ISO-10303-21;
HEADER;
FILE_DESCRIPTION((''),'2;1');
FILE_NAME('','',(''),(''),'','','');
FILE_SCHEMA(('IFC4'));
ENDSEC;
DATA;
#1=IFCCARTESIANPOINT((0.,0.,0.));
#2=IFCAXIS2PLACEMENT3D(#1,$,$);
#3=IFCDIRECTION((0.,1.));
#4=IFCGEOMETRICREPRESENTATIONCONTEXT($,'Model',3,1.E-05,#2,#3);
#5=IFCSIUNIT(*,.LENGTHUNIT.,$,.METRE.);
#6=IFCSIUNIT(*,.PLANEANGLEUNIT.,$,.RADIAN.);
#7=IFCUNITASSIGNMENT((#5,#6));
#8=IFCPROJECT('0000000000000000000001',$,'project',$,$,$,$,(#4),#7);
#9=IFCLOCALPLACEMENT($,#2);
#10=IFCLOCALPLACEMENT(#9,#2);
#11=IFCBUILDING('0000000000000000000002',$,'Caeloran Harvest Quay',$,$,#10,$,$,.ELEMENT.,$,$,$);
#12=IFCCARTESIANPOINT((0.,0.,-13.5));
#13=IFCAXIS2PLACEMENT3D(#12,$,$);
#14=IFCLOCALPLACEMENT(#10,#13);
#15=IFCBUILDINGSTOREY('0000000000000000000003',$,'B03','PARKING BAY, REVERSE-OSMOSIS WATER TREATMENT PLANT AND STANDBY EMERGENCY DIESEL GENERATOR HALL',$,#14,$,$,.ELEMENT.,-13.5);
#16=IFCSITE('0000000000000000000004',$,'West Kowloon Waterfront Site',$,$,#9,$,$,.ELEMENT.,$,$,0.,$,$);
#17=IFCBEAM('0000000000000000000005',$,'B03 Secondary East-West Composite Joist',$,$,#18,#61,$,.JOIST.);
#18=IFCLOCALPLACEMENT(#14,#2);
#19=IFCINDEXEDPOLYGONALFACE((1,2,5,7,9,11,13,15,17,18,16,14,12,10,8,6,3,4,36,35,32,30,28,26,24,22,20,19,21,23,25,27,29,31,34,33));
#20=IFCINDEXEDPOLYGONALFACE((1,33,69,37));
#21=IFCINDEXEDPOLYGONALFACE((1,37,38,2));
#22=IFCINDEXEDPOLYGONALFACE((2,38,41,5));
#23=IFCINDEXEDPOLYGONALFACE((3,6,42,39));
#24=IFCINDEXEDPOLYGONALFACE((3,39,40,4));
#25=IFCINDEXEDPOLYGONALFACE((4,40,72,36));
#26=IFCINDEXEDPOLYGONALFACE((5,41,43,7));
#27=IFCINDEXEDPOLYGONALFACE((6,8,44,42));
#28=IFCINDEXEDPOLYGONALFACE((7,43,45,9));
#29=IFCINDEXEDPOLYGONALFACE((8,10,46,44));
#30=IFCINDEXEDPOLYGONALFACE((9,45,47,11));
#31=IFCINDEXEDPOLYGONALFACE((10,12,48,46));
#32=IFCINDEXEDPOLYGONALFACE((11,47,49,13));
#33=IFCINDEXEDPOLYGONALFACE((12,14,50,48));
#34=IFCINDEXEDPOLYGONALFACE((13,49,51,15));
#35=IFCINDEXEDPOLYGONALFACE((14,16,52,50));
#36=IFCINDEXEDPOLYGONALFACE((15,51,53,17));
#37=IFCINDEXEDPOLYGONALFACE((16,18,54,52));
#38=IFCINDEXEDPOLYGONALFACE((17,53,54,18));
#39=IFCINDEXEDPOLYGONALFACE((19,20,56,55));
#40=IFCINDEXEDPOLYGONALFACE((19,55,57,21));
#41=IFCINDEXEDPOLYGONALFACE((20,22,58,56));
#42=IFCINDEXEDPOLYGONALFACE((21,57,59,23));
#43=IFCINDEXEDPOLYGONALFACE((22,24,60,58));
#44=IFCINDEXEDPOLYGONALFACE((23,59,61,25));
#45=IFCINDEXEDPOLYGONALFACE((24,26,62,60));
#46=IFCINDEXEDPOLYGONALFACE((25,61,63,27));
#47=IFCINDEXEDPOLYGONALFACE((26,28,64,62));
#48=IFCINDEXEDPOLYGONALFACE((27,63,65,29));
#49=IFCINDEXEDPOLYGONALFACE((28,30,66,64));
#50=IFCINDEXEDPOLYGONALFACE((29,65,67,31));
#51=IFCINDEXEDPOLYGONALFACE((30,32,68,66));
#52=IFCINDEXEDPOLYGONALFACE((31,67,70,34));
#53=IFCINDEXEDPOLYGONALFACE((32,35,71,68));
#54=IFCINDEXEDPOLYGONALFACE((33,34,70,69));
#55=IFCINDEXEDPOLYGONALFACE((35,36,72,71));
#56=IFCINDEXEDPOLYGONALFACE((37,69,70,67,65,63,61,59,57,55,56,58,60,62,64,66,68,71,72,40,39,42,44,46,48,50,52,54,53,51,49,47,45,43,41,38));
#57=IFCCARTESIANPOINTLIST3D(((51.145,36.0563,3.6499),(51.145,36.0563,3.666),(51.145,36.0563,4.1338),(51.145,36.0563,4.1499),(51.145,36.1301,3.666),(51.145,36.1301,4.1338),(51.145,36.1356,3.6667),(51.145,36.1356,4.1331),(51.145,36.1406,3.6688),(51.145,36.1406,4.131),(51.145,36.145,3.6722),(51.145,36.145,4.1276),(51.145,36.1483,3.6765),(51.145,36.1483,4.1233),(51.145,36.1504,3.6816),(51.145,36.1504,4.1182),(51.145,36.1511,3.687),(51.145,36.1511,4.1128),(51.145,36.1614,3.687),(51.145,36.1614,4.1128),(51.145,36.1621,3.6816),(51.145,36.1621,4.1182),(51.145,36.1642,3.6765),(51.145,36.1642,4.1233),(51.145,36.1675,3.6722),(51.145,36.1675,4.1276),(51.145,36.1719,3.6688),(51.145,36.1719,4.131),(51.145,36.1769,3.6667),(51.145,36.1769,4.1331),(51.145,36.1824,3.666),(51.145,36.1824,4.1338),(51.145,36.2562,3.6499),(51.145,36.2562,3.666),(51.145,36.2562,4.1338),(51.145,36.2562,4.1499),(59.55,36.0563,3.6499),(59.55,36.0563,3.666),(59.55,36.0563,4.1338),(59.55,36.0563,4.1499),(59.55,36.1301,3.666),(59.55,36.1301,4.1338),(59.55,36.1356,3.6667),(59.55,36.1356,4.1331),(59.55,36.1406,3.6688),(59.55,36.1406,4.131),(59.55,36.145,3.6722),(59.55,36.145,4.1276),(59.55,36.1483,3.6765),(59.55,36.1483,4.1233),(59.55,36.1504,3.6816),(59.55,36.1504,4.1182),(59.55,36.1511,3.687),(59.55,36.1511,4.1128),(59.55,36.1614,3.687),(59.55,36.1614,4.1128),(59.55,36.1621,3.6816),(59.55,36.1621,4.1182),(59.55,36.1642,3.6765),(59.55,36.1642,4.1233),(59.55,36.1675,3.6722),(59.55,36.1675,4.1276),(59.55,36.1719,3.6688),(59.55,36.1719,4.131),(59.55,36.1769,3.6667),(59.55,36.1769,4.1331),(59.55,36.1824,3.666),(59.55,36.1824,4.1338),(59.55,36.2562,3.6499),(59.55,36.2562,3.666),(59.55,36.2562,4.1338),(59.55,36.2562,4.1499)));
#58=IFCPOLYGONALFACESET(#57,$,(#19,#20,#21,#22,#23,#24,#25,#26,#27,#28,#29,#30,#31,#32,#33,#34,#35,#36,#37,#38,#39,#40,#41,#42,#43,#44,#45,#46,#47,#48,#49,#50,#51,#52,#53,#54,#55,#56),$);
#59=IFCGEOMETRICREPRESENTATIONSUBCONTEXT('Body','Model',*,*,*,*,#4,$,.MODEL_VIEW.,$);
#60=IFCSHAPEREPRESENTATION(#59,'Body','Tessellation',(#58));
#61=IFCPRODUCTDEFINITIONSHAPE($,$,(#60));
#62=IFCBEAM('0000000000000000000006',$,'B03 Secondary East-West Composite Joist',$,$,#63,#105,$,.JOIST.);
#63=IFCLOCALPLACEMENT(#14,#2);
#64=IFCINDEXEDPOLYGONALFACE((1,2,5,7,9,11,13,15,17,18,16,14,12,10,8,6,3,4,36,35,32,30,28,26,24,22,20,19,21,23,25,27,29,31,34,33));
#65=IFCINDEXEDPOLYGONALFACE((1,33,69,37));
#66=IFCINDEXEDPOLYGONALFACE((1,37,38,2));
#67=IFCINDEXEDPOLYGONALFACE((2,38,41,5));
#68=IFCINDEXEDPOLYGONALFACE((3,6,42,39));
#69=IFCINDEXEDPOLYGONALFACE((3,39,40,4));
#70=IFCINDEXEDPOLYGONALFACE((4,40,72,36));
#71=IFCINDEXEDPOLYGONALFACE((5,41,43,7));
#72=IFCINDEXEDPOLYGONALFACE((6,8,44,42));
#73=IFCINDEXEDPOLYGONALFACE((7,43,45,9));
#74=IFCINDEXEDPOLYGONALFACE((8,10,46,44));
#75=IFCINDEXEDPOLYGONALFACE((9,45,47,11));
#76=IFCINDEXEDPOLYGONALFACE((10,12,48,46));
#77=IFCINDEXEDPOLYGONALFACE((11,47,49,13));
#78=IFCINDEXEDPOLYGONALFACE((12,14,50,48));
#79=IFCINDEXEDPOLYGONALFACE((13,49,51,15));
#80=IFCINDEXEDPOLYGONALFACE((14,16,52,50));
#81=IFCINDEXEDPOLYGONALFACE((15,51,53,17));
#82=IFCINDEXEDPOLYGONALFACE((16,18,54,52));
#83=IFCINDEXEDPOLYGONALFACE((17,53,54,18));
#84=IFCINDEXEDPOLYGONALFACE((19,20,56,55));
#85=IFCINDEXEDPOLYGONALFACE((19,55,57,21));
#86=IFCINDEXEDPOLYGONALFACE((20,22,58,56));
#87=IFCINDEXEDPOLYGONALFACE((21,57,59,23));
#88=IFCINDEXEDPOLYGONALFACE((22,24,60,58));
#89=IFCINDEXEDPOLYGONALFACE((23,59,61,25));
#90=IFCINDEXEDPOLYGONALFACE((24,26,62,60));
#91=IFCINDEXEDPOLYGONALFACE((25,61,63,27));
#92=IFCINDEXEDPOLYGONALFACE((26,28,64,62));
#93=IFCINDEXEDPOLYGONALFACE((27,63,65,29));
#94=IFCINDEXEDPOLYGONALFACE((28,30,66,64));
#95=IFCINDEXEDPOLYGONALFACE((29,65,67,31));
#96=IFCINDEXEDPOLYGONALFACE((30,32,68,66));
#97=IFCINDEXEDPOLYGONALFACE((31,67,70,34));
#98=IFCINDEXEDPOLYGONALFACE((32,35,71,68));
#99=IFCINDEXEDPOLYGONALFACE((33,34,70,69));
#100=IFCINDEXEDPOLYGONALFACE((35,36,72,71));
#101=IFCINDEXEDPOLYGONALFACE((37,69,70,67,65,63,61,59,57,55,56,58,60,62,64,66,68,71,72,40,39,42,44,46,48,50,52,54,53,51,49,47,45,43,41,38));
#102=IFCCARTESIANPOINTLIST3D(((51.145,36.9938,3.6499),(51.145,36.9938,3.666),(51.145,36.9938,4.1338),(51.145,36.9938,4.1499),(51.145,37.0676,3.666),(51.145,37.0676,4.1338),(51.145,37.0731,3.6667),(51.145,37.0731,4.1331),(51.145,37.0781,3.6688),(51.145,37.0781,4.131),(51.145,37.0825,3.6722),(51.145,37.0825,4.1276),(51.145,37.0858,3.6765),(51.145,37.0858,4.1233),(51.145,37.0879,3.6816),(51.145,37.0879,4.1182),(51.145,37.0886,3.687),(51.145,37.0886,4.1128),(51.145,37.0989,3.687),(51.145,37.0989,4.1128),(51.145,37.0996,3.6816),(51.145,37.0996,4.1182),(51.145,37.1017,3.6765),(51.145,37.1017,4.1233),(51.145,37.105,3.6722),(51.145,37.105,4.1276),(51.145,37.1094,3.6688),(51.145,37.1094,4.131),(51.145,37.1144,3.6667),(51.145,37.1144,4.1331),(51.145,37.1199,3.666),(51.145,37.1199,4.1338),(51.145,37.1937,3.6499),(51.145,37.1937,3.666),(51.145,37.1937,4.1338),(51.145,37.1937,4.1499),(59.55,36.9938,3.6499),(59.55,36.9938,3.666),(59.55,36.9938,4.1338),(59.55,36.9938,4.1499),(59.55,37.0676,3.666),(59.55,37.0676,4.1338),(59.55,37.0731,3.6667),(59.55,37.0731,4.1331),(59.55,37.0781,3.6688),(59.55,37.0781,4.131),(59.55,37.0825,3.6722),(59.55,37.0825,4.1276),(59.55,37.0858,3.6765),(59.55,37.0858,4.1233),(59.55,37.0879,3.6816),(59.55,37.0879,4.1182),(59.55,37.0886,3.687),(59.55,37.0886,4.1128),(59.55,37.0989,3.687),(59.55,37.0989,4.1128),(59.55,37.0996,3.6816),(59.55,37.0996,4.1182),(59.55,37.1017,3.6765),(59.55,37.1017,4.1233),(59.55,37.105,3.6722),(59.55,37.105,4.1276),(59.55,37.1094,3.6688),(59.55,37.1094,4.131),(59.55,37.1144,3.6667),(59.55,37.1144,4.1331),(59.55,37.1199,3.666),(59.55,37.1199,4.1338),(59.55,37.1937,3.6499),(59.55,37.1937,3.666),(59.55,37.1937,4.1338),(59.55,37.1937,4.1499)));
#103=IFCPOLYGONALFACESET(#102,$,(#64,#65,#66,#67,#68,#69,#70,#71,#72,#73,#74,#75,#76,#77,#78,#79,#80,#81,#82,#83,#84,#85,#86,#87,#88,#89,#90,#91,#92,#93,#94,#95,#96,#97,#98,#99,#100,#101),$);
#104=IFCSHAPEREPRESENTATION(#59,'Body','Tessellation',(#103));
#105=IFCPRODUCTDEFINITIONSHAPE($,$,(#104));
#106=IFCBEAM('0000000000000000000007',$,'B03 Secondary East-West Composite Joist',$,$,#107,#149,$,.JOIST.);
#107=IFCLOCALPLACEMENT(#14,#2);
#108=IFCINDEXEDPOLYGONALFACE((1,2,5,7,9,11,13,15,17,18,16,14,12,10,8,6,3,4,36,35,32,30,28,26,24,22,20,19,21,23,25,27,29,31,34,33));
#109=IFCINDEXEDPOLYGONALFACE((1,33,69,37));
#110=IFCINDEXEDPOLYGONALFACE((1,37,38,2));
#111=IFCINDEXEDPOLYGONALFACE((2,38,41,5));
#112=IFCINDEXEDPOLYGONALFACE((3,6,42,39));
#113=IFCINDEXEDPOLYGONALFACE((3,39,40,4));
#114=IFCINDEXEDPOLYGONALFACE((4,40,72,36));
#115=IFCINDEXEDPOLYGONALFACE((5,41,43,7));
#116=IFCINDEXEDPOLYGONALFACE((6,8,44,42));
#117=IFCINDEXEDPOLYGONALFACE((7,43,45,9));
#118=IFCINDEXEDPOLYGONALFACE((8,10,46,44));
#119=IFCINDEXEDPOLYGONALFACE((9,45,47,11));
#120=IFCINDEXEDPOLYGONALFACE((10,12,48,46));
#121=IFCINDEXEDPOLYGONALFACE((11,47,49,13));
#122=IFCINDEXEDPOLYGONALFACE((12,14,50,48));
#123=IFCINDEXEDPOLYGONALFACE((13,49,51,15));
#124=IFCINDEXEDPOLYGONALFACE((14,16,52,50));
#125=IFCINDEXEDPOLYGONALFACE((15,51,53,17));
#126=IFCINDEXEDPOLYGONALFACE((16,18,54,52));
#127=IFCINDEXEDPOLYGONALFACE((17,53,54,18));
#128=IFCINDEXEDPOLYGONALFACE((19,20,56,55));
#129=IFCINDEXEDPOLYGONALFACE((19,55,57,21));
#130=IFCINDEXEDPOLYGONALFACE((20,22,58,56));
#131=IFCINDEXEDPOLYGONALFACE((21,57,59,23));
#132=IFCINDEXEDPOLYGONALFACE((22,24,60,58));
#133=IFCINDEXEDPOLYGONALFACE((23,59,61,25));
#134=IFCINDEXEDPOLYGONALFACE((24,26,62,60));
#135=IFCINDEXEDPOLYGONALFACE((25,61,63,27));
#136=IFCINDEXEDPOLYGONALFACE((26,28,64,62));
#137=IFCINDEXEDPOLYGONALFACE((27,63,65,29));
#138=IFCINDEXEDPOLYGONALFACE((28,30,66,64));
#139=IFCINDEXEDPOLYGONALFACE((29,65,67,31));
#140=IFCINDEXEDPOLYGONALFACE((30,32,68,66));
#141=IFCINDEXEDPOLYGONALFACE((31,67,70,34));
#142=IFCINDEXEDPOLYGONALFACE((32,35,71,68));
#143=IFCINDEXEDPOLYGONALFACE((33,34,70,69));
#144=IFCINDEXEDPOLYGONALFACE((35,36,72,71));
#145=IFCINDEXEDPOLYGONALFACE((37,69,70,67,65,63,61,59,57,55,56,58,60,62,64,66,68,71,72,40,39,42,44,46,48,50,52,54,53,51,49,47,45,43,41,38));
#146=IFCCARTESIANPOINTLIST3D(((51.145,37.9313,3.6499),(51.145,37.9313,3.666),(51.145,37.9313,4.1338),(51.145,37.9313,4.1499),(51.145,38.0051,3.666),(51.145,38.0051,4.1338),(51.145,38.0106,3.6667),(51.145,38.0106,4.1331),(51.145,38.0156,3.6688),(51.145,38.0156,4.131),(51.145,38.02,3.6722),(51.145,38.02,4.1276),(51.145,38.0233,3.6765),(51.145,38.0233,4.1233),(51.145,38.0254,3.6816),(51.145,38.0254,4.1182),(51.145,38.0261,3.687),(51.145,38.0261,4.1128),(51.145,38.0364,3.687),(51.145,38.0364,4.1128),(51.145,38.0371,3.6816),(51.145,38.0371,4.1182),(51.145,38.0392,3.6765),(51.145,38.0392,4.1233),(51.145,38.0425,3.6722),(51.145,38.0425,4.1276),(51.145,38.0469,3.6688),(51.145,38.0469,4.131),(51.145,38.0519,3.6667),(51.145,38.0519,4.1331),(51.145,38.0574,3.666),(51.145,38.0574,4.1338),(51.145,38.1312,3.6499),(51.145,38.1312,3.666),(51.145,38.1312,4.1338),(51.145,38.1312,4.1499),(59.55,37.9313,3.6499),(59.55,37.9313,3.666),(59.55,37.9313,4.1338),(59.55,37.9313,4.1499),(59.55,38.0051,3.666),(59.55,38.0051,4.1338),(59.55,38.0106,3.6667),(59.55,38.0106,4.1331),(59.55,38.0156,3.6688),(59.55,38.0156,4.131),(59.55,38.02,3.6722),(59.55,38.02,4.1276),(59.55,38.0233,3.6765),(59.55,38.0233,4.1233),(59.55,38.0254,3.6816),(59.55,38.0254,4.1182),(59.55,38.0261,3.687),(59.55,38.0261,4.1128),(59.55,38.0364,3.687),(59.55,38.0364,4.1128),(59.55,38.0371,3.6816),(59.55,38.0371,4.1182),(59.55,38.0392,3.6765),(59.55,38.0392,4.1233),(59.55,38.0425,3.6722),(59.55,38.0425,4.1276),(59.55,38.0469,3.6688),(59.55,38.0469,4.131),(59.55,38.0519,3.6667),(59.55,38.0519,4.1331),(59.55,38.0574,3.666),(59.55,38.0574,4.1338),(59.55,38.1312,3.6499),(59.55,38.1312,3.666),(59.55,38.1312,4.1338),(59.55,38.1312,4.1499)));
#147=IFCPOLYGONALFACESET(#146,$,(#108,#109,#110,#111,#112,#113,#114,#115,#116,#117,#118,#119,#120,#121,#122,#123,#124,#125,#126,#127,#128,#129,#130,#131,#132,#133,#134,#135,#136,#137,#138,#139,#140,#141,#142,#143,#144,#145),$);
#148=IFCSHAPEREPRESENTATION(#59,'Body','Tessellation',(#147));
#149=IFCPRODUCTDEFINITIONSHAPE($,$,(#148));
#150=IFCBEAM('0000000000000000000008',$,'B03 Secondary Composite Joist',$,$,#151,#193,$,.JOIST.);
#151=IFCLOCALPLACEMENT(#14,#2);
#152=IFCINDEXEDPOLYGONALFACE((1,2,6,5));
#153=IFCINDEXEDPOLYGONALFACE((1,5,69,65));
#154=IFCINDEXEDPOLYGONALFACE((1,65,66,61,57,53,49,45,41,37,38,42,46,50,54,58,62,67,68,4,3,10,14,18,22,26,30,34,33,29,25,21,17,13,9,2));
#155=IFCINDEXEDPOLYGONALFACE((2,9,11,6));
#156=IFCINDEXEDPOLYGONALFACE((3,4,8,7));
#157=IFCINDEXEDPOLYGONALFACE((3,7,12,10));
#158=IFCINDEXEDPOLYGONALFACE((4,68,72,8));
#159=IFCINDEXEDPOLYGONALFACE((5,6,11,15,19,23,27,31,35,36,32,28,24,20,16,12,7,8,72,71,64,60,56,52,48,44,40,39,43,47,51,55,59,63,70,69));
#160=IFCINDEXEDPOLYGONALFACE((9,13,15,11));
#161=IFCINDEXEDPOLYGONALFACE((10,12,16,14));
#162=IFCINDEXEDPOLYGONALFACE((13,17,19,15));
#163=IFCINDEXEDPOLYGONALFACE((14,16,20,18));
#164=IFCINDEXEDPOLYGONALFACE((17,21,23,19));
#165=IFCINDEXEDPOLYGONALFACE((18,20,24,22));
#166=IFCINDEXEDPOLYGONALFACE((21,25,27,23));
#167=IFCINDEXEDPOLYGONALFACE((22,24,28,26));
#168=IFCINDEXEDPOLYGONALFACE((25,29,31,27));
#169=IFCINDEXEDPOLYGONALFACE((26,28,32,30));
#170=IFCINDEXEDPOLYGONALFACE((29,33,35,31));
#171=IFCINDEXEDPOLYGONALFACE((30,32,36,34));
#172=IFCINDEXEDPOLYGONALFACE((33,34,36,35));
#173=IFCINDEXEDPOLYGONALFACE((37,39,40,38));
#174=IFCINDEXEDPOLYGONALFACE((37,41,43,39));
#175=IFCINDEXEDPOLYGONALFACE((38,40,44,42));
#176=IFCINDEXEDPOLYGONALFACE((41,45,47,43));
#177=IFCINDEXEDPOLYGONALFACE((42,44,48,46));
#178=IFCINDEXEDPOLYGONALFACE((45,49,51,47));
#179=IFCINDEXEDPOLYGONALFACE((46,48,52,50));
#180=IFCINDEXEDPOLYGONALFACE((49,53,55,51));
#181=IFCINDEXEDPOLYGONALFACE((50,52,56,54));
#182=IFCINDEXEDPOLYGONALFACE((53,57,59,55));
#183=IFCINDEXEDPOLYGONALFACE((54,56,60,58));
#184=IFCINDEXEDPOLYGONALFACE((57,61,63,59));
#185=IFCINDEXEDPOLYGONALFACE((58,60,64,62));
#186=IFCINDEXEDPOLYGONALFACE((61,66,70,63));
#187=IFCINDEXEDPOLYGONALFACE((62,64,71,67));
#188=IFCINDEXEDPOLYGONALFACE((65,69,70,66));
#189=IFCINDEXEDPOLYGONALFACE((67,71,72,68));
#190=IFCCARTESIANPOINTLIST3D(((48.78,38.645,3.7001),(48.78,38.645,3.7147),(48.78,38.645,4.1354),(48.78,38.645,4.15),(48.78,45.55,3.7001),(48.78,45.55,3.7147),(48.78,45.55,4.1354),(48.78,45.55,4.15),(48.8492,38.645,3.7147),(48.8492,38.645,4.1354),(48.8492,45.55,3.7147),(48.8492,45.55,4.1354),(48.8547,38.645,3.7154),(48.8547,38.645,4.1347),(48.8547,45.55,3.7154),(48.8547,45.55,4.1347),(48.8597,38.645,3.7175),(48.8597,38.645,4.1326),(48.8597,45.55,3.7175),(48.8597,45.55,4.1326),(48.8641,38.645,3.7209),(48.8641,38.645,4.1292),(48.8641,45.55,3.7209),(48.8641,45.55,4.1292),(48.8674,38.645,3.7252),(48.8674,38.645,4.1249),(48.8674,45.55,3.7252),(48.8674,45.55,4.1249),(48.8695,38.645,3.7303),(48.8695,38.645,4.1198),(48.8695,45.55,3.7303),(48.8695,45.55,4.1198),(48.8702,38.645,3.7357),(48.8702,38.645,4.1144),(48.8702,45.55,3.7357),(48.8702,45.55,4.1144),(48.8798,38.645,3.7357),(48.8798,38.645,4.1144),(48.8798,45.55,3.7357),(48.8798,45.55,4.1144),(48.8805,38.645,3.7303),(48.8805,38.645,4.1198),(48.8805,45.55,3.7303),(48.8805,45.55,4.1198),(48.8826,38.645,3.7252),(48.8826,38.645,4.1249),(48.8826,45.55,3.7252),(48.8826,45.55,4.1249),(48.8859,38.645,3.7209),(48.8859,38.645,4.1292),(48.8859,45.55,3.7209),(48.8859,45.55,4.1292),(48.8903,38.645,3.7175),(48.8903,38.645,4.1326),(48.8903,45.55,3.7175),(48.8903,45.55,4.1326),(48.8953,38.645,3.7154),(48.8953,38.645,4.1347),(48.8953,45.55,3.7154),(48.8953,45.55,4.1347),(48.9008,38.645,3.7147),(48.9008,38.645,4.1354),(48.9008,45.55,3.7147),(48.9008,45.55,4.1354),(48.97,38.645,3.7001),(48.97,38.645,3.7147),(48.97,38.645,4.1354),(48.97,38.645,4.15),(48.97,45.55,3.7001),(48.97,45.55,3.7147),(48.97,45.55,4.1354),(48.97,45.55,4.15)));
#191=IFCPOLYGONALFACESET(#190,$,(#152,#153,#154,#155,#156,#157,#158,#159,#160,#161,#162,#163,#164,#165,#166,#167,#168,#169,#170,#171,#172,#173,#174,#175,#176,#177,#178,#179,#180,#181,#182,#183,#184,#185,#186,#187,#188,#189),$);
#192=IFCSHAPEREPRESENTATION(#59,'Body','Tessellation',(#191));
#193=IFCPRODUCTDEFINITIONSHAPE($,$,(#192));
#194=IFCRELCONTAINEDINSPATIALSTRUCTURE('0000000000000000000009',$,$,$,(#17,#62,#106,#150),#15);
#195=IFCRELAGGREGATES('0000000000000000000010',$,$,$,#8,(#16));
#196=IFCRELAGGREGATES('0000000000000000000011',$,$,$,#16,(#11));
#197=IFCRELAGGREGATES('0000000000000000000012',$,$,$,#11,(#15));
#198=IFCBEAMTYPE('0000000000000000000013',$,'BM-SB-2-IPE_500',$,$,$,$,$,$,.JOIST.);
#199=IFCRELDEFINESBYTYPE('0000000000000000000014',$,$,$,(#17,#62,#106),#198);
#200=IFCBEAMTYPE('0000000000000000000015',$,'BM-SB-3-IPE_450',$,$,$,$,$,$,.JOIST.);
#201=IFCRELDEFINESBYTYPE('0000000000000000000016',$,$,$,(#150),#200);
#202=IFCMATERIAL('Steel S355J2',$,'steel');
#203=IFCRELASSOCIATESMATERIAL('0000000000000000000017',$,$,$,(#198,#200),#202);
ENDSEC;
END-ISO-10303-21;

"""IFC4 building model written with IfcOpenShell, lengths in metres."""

from ifc_helpers import new_model, si_unit, direction, frame, origin, origin_2d, place, context, subcontext, project, spatial, i_section, extrude, material, material_profile, profile_set, type_object, element, save


model = new_model("IFC4")

# Units and contexts
model_context = context("Model", 3, precision=1e-05, world=origin(), true_north=direction((0.0, 1.0)))
body_context = subcontext(model_context, "Body", "Model", "MODEL_VIEW")
ifc_project = project(units=[si_unit("LENGTHUNIT", "METRE"), si_unit("PLANEANGLEUNIT", "RADIAN")], contexts=[model_context])

# Site, building, storey
site_placement = place(None, origin())
site = spatial("IfcSite", under=ifc_project, at=site_placement, Name="West Kowloon Waterfront Site", CompositionType="ELEMENT", RefElevation=0.0)
building_placement = place(site_placement, origin())
building = spatial("IfcBuilding", under=site, at=building_placement, Name="Caeloran Harvest Quay", CompositionType="ELEMENT")
storey_placement = place(building_placement, frame((0.0, 0.0, -13.5)))
storey = spatial("IfcBuildingStorey", under=building, at=storey_placement, Name="B03", Description="PARKING BAY, REVERSE-OSMOSIS WATER TREATMENT PLANT AND STANDBY EMERGENCY DIESEL GENERATOR HALL", CompositionType="ELEMENT", Elevation=-13.5)

# Beams
ifc_material_1 = material(Name="Steel S355J2", Category="steel")
ifc_material_profile_1 = material_profile(ifc_material_1, i_section(OverallWidth=0.2, OverallDepth=0.5, WebThickness=0.0103, FlangeThickness=0.0161, FilletRadius=0.021, at=origin_2d()), Name="IPE 500")
ifc_profile_set_1 = profile_set([ifc_material_profile_1], Name="Steel S355J2")
beam_type_1 = type_object("IfcBeamType", Name="BM-SB-2-IPE_500", PredefinedType="JOIST", material=ifc_profile_set_1)
for number, where, z_axis, x_axis, name in (
    (1, (51.145, 36.1562, 3.8999), (1.0, 0.0, 0.0), (0.0, 1.0, 0.0), "B03 Secondary East-West Composite Joist"),
    (2, (51.145, 37.0938, 3.8999), (1.0, 0.0, 0.0), (0.0, 1.0, 0.0), "B03 Secondary East-West Composite Joist"),
    (3, (51.145, 38.0312, 3.8999), (1.0, 0.0, 0.0), (0.0, 1.0, 0.0), "B03 Secondary East-West Composite Joist"),
):
    element("IfcBeam", number, at=place(storey_placement, frame(where, z_axis=z_axis, x_axis=x_axis)), inside=storey, type_object=beam_type_1, Name=name, PredefinedType="JOIST", context=body_context, shape_type="SweptSolid", body=[
        extrude(i_section(OverallWidth=0.2, OverallDepth=0.5, WebThickness=0.0103, FlangeThickness=0.0161, FilletRadius=0.021, at=origin_2d()), origin(), (0.0, 0.0, 1.0), 8.405),
    ])
ifc_material_profile_2 = material_profile(ifc_material_1, i_section(OverallWidth=0.1899, OverallDepth=0.45, WebThickness=0.0095, FlangeThickness=0.0146, FilletRadius=0.021, at=origin_2d()), Name="IPE 450")
ifc_profile_set_2 = profile_set([ifc_material_profile_2], Name="Steel S355J2")
beam_type_2 = type_object("IfcBeamType", Name="BM-SB-3-IPE_450", PredefinedType="JOIST", material=ifc_profile_set_2)
for number, where, z_axis, x_axis, name in (
    (4, (48.875, 38.645, 3.925), (0.0, 1.0, 0.0), (-1.0, 0.0, 0.0), "B03 Secondary Composite Joist"),
):
    element("IfcBeam", number, at=place(storey_placement, frame(where, z_axis=z_axis, x_axis=x_axis)), inside=storey, type_object=beam_type_2, Name=name, PredefinedType="JOIST", context=body_context, shape_type="SweptSolid", body=[
        extrude(i_section(OverallWidth=0.1899, OverallDepth=0.45, WebThickness=0.0095, FlangeThickness=0.0146, FilletRadius=0.021, at=origin_2d()), origin(), (0.0, 0.0, 1.0), 6.905),
    ])

save(model, "model.ifc")
